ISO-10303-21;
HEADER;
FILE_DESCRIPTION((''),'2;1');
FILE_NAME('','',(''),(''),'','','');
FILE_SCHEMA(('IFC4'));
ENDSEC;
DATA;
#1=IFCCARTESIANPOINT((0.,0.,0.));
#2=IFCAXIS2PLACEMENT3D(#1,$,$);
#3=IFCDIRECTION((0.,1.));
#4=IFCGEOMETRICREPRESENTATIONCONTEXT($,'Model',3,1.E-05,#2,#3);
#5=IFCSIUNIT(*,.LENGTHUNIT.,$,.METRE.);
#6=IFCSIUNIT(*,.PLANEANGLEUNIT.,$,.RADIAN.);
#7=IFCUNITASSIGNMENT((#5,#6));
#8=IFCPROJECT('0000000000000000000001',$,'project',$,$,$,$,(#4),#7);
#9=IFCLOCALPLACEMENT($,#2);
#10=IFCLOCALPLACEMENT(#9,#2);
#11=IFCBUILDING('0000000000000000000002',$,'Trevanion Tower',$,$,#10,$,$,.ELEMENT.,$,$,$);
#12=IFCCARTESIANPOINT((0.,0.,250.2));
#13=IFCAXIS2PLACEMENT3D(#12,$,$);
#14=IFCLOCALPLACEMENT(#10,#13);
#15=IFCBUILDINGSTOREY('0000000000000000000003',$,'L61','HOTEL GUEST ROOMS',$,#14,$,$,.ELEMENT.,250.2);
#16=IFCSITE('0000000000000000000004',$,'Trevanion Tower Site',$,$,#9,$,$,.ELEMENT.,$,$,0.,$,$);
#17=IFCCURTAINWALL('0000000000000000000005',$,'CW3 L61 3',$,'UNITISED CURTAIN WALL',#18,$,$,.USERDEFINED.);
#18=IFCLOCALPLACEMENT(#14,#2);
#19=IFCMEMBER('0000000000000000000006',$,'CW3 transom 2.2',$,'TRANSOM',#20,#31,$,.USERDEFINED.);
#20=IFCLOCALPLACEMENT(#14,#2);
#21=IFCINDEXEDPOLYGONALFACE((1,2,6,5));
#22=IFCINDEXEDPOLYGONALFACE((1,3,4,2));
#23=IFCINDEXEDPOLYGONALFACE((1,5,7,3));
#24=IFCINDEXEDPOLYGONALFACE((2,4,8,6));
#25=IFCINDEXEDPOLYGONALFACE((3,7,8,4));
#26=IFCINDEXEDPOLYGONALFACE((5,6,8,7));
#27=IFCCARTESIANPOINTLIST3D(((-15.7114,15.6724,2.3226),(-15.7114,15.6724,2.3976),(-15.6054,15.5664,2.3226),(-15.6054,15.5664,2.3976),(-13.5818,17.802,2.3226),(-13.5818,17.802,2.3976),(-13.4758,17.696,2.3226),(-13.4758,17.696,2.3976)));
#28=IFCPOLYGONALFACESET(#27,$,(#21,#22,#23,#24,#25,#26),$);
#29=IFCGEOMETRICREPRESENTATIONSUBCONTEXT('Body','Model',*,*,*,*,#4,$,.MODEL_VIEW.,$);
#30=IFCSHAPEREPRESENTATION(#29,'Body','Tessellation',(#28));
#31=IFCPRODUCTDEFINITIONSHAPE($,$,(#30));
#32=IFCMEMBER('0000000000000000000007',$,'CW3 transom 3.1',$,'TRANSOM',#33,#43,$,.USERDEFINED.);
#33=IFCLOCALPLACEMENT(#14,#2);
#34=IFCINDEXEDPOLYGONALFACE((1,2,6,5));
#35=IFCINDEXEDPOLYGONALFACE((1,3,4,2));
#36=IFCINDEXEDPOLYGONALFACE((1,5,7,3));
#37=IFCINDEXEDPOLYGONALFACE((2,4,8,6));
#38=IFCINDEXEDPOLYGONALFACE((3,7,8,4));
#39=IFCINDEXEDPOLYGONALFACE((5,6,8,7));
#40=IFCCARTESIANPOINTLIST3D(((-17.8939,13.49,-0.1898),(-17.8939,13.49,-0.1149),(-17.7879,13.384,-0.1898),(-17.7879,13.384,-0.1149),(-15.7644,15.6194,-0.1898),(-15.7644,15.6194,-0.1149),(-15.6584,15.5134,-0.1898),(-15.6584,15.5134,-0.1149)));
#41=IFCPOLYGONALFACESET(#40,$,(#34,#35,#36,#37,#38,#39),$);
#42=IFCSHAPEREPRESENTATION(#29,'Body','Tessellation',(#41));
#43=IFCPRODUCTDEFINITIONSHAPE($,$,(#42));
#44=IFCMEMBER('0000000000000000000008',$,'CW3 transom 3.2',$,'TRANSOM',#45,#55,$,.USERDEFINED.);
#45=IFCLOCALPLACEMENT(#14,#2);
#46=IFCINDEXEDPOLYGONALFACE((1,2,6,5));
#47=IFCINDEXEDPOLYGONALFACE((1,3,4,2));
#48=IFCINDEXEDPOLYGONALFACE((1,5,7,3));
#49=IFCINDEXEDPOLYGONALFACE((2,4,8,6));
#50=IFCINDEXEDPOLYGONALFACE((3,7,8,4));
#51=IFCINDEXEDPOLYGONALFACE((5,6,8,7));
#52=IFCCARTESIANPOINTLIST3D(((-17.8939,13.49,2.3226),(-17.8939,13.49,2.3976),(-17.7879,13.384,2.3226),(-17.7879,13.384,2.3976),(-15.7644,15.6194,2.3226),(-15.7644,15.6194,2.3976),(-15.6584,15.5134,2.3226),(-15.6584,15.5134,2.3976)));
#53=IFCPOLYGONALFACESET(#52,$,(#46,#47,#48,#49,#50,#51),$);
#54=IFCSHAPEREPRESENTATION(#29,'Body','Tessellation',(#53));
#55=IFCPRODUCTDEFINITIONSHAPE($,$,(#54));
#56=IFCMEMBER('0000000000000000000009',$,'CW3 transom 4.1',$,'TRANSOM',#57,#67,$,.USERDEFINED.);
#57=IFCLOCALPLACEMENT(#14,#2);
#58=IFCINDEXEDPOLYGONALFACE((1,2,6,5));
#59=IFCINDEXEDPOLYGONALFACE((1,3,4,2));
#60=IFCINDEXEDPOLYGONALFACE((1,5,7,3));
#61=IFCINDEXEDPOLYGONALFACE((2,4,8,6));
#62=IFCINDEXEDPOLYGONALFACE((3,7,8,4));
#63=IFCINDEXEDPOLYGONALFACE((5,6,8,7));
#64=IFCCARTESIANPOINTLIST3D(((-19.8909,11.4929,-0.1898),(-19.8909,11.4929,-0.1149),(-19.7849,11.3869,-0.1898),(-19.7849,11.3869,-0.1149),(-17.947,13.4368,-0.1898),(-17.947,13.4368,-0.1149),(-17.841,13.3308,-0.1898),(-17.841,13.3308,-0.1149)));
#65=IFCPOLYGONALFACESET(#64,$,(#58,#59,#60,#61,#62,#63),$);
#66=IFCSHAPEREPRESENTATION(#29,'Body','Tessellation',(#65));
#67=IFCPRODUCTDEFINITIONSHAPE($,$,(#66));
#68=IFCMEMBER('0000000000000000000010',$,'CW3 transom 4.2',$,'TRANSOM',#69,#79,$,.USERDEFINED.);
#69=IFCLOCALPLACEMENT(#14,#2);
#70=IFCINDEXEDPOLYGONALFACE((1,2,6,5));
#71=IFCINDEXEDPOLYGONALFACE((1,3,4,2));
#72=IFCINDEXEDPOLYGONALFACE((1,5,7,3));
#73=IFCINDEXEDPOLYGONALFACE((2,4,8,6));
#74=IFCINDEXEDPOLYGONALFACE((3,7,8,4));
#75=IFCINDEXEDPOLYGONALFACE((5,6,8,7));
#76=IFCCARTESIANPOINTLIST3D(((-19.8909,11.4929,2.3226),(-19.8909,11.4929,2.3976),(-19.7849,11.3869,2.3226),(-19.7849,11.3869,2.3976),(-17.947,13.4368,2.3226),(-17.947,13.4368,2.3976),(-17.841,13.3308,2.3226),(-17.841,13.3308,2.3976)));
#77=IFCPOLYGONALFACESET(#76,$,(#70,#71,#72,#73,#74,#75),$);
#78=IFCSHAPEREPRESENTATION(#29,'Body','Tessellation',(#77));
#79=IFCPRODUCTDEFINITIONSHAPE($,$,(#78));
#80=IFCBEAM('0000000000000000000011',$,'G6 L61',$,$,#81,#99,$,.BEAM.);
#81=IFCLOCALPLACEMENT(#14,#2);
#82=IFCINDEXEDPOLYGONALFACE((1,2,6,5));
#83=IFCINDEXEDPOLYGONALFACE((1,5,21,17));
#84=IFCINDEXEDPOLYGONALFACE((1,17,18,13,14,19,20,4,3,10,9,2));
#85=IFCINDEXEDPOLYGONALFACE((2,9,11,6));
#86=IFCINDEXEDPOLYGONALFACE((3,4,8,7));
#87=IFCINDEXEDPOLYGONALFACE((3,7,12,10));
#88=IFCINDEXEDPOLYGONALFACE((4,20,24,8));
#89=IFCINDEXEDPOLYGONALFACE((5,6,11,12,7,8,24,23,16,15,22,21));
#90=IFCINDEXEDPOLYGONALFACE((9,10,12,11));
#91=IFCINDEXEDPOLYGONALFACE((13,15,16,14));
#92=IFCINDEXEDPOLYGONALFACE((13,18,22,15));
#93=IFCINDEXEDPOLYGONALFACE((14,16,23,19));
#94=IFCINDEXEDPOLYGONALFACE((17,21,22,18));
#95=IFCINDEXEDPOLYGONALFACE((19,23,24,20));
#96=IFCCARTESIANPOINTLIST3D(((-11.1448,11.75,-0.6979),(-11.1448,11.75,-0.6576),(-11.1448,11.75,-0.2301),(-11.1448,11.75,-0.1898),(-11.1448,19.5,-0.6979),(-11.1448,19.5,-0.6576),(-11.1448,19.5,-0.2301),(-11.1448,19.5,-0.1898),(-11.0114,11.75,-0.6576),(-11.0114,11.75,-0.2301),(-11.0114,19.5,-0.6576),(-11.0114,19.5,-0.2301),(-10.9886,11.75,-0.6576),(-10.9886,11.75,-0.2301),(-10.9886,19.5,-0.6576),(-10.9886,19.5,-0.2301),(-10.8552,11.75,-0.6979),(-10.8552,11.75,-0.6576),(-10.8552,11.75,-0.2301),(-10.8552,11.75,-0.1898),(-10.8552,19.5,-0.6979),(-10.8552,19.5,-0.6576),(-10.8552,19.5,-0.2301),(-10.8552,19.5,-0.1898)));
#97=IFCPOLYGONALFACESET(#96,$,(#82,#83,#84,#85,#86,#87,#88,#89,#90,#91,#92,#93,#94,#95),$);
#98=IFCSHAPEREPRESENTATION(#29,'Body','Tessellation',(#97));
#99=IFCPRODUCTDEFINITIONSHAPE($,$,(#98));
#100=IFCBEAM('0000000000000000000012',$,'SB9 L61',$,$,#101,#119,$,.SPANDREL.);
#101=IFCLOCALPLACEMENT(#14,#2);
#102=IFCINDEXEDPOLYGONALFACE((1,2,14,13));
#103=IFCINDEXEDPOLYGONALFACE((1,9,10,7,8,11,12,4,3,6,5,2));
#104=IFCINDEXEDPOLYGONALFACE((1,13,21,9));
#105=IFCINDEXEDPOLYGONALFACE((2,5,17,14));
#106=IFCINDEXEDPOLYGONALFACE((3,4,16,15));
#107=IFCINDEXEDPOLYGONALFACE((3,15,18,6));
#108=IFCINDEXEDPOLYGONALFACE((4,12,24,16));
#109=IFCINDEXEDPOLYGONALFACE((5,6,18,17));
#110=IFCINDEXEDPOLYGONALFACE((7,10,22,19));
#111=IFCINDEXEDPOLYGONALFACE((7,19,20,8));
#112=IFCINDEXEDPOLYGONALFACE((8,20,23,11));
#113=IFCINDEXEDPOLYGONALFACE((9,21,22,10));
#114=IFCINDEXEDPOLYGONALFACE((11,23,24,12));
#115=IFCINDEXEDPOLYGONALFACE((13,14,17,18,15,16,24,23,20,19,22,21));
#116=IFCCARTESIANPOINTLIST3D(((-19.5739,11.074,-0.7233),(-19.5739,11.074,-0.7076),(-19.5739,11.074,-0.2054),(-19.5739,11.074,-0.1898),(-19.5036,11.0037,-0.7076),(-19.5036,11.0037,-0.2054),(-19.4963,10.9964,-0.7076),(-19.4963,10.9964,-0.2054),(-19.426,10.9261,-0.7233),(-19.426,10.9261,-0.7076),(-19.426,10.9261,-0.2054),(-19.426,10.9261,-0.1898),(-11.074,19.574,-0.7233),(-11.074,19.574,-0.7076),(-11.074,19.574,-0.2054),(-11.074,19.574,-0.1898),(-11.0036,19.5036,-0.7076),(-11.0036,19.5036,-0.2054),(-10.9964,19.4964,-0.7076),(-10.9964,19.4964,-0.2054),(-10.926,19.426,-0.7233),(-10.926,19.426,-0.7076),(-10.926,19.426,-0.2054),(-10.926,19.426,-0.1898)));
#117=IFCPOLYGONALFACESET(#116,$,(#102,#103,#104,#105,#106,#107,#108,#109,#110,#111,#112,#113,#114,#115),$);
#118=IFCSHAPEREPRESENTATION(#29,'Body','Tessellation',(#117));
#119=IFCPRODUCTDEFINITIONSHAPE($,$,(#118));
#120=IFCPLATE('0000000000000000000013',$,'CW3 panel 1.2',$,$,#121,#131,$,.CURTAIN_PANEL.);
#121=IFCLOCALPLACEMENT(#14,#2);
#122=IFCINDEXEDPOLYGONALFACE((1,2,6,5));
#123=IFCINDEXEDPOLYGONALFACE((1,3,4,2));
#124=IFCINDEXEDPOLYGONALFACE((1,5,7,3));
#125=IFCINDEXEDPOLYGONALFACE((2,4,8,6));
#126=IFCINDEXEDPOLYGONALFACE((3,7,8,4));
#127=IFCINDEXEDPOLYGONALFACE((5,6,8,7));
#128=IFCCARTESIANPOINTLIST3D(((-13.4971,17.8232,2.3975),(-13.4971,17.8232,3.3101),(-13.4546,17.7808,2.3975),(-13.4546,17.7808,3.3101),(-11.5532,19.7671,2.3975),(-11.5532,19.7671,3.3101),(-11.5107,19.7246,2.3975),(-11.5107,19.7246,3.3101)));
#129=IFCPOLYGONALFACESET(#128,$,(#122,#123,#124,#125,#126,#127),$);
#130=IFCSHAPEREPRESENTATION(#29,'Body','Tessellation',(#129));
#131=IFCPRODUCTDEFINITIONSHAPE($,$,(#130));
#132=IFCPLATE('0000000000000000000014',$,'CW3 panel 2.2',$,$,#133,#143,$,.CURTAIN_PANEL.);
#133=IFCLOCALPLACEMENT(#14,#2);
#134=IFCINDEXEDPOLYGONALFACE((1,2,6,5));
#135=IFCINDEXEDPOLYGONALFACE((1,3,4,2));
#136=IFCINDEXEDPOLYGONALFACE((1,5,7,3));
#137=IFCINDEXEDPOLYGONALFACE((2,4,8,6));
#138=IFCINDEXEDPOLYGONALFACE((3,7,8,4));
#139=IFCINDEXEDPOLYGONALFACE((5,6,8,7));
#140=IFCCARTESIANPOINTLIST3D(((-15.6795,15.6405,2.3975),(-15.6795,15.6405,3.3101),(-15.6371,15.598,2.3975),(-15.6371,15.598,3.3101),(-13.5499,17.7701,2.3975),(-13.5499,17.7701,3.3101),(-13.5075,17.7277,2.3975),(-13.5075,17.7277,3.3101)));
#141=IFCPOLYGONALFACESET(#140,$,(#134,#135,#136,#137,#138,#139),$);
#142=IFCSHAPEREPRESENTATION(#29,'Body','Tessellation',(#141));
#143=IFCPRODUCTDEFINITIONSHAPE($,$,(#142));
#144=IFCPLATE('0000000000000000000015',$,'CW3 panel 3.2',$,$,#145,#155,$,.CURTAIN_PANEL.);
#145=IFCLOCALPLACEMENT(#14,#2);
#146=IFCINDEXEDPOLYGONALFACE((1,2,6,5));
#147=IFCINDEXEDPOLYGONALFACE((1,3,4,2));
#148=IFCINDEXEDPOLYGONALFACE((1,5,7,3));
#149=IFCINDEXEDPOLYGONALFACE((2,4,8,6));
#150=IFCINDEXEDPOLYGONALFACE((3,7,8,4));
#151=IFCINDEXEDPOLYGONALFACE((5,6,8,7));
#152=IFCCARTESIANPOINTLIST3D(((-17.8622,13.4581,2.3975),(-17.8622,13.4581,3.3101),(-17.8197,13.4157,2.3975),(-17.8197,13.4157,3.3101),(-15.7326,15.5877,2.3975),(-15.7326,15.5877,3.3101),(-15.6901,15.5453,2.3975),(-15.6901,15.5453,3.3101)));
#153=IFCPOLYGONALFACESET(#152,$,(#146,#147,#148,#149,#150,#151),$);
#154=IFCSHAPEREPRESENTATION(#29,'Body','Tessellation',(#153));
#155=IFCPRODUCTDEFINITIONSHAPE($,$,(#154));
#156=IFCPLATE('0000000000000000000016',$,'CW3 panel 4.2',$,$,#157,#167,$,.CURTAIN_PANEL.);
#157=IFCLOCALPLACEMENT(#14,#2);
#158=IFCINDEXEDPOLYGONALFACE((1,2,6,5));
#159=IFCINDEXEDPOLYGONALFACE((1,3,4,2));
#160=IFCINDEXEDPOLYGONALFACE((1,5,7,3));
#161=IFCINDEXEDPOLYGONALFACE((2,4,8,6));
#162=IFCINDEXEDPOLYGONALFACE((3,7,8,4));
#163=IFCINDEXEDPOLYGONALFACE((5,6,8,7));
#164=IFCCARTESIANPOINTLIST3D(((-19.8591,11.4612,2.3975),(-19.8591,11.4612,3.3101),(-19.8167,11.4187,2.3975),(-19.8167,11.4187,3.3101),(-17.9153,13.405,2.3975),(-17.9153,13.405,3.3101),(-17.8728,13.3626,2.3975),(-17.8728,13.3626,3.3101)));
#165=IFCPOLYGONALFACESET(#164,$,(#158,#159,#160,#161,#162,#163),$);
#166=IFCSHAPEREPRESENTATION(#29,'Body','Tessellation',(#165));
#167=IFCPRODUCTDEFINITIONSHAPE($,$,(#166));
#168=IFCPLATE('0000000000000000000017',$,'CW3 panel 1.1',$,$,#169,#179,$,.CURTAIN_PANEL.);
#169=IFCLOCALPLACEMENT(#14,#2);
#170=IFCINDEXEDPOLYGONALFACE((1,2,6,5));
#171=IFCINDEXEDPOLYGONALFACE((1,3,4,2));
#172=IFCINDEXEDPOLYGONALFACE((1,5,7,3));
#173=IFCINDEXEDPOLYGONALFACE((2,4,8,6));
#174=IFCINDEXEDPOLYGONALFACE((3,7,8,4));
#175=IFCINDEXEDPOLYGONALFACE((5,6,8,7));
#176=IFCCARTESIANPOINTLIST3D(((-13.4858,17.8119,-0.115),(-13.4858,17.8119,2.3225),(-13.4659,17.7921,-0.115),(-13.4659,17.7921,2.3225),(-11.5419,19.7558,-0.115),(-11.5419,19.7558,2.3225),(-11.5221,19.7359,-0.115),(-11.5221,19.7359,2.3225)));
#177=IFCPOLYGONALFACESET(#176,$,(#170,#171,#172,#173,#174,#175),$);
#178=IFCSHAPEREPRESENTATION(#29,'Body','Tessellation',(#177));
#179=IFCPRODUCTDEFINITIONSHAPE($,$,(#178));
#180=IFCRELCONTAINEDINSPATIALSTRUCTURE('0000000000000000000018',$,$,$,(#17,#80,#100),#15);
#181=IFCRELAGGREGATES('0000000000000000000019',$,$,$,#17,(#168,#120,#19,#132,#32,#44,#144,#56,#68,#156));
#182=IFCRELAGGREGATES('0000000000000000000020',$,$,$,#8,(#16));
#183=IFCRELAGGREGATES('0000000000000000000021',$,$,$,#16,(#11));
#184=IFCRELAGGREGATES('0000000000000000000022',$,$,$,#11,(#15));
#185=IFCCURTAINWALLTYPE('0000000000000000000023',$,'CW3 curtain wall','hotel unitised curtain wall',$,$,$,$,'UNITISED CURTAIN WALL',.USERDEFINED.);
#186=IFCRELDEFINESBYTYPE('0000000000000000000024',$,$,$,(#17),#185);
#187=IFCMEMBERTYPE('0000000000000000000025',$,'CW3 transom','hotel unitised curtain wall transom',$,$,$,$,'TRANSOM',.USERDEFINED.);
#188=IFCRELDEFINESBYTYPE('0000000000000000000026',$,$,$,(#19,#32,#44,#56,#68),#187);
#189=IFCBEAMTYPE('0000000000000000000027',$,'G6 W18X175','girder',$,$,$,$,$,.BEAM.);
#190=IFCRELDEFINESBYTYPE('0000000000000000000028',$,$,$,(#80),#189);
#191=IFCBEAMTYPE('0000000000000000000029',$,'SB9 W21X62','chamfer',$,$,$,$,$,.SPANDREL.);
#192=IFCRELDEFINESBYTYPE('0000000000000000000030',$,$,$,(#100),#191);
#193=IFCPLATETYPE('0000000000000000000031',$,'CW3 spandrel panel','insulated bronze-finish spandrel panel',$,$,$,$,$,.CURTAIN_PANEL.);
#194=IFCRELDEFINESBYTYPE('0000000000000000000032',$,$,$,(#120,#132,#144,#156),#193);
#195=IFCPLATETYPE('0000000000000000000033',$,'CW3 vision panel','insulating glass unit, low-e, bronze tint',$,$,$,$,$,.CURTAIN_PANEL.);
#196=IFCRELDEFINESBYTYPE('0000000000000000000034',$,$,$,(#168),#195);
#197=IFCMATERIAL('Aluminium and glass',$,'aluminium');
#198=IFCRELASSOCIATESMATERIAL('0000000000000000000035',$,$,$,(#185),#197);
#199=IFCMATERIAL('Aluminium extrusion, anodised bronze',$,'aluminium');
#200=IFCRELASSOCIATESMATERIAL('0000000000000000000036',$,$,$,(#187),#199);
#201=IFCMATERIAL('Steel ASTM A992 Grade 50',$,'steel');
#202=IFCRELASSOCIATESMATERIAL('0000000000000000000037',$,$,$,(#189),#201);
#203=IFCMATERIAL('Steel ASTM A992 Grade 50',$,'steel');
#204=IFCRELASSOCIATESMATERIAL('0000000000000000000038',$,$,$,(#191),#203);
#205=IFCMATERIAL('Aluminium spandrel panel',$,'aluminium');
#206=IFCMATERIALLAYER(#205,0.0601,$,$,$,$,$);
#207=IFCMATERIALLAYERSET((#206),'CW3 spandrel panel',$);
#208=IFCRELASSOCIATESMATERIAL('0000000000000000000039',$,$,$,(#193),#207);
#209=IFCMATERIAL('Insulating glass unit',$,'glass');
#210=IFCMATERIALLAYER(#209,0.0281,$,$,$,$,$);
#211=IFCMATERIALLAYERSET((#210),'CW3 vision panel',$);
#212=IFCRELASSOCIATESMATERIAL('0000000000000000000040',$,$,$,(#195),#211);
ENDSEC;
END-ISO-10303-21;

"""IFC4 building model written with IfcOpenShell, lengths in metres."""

from ifc_helpers import new_model, si_unit, direction, frame, origin, origin_2d, place, context, subcontext, project, spatial, rectangle, i_section, extrude, material, layer, layer_set, material_profile, profile_set, type_object, element, aggregate, save


model = new_model("IFC4")

# Units and contexts
model_context = context("Model", 3, precision=1e-05, world=origin(), true_north=direction((0.0, 1.0)))
body_context = subcontext(model_context, "Body", "Model", "MODEL_VIEW")
ifc_project = project(units=[si_unit("LENGTHUNIT", "METRE"), si_unit("PLANEANGLEUNIT", "RADIAN")], contexts=[model_context])

# Site, building, storey
site_placement = place(None, origin())
site = spatial("IfcSite", under=ifc_project, at=site_placement, Name="Trevanion Tower Site", CompositionType="ELEMENT", RefElevation=0.0)
building_placement = place(site_placement, origin())
building = spatial("IfcBuilding", under=site, at=building_placement, Name="Trevanion Tower", CompositionType="ELEMENT")
storey_placement = place(building_placement, frame((0.0, 0.0, 250.2)))
storey = spatial("IfcBuildingStorey", under=building, at=storey_placement, Name="L61", Description="HOTEL GUEST ROOMS", CompositionType="ELEMENT", Elevation=250.2)

# Curtain wall
ifc_material_1 = material(Name="Aluminium and glass", Category="aluminium")
curtain_wall_type = type_object("IfcCurtainWallType", Name="CW3 curtain wall", Description="hotel unitised curtain wall", ElementType="UNITISED CURTAIN WALL", PredefinedType="USERDEFINED", material=ifc_material_1)
curtain_wall_1_placement = place(storey_placement, origin())
curtain_wall_1 = element("IfcCurtainWall", 1, at=curtain_wall_1_placement, inside=storey, type_object=curtain_wall_type, Name="CW3 L61 3", ObjectType="UNITISED CURTAIN WALL", PredefinedType="USERDEFINED")

# Members
ifc_material_2 = material(Name="Aluminium extrusion, anodised bronze", Category="aluminium")
ifc_material_profile_1 = material_profile(ifc_material_2, rectangle(XDim=0.1499, YDim=0.075, at=origin_2d()), Name="CW3 transom")
ifc_profile_set_1 = profile_set([ifc_material_profile_1], Name="Aluminium extrusion, anodised bronze")
member_type_1 = type_object("IfcMemberType", Name="CW3 transom", Description="hotel unitised curtain wall transom", ElementType="TRANSOM", PredefinedType="USERDEFINED", material=ifc_profile_set_1)
member_1_placement = place(storey_placement, frame((-13.5288, 17.749, 2.3601), z_axis=(-0.707107, -0.707107, 0.0), x_axis=(0.707107, -0.707107, 0.0)))
member_1 = element("IfcMember", 2, at=member_1_placement, type_object=member_type_1, Name="CW3 transom 2.2", ObjectType="TRANSOM", PredefinedType="USERDEFINED", context=body_context, shape_type="SweptSolid", body=[
    extrude(rectangle(XDim=0.1499, YDim=0.075, at=origin_2d()), origin(), (0.0, 0.0, 1.0), 3.0117),
])
member_2_placement = place(storey_placement, frame((-15.7114, 15.5664, -0.1523), z_axis=(-0.707107, -0.707107, 0.0), x_axis=(0.707107, -0.707107, 0.0)))
member_2 = element("IfcMember", 3, at=member_2_placement, type_object=member_type_1, Name="CW3 transom 3.1", ObjectType="TRANSOM", PredefinedType="USERDEFINED", context=body_context, shape_type="SweptSolid", body=[
    extrude(rectangle(XDim=0.1499, YDim=0.075, at=origin_2d()), origin(), (0.0, 0.0, 1.0), 3.0115),
])
member_3_placement = place(storey_placement, frame((-15.7114, 15.5664, 2.3601), z_axis=(-0.707107, -0.707107, 0.0), x_axis=(0.707107, -0.707107, 0.0)))
member_3 = element("IfcMember", 4, at=member_3_placement, type_object=member_type_1, Name="CW3 transom 3.2", ObjectType="TRANSOM", PredefinedType="USERDEFINED", context=body_context, shape_type="SweptSolid", body=[
    extrude(rectangle(XDim=0.1499, YDim=0.075, at=origin_2d()), origin(), (0.0, 0.0, 1.0), 3.0115),
])
member_4_placement = place(storey_placement, frame((-17.894, 13.3838, -0.1523), z_axis=(-0.707107, -0.707107, 0.0), x_axis=(0.707107, -0.707107, 0.0)))
member_4 = element("IfcMember", 5, at=member_4_placement, type_object=member_type_1, Name="CW3 transom 4.1", ObjectType="TRANSOM", PredefinedType="USERDEFINED", context=body_context, shape_type="SweptSolid", body=[
    extrude(rectangle(XDim=0.1499, YDim=0.075, at=origin_2d()), origin(), (0.0, 0.0, 1.0), 2.749),
])
member_5_placement = place(storey_placement, frame((-17.894, 13.3838, 2.3601), z_axis=(-0.707107, -0.707107, 0.0), x_axis=(0.707107, -0.707107, 0.0)))
member_5 = element("IfcMember", 6, at=member_5_placement, type_object=member_type_1, Name="CW3 transom 4.2", ObjectType="TRANSOM", PredefinedType="USERDEFINED", context=body_context, shape_type="SweptSolid", body=[
    extrude(rectangle(XDim=0.1499, YDim=0.075, at=origin_2d()), origin(), (0.0, 0.0, 1.0), 2.749),
])

# Beams
ifc_material_3 = material(Name="Steel ASTM A992 Grade 50", Category="steel")
ifc_material_profile_2 = material_profile(ifc_material_3, i_section(OverallWidth=0.2896, OverallDepth=0.5081, WebThickness=0.0227, FlangeThickness=0.0403, at=origin_2d()), Name="W18X175")
ifc_profile_set_2 = profile_set([ifc_material_profile_2], Name="Steel ASTM A992 Grade 50")
beam_type_1 = type_object("IfcBeamType", Name="G6 W18X175", Description="girder", PredefinedType="BEAM", material=ifc_profile_set_2)
beam_1_placement = place(storey_placement, frame((-11.0, 11.75, -0.4438), z_axis=(0.0, 1.0, 0.0), x_axis=(-1.0, 0.0, 0.0)))
element("IfcBeam", 7, at=beam_1_placement, inside=storey, type_object=beam_type_1, Name="G6 L61", PredefinedType="BEAM", context=body_context, shape_type="SweptSolid", body=[
    extrude(i_section(OverallWidth=0.2896, OverallDepth=0.5081, WebThickness=0.0227, FlangeThickness=0.0403, at=origin_2d()), origin(), (0.0, 0.0, 1.0), 7.75),
])
ifc_material_4 = material(Name="Steel ASTM A992 Grade 50", Category="steel")
ifc_material_profile_3 = material_profile(ifc_material_4, i_section(OverallWidth=0.2092, OverallDepth=0.5334, WebThickness=0.0103, FlangeThickness=0.0156, at=origin_2d()), Name="W21X62")
ifc_profile_set_3 = profile_set([ifc_material_profile_3], Name="Steel ASTM A992 Grade 50")
beam_type_2 = type_object("IfcBeamType", Name="SB9 W21X62", Description="chamfer", PredefinedType="SPANDREL", material=ifc_profile_set_3)
beam_2_placement = place(storey_placement, frame((-11.0, 19.5, -0.4565), z_axis=(-0.707107, -0.707107, 0.0), x_axis=(0.707107, -0.707107, 0.0)))
element("IfcBeam", 8, at=beam_2_placement, inside=storey, type_object=beam_type_2, Name="SB9 L61", PredefinedType="SPANDREL", context=body_context, shape_type="SweptSolid", body=[
    extrude(i_section(OverallWidth=0.2092, OverallDepth=0.5334, WebThickness=0.0103, FlangeThickness=0.0156, at=origin_2d()), origin(), (0.0, 0.0, 1.0), 12.0208),
])

# Plates
ifc_material_5 = material(Name="Aluminium spandrel panel", Category="aluminium")
ifc_layer_1 = layer(ifc_material_5, 0.0601)
ifc_layer_set_1 = layer_set([ifc_layer_1], Name="CW3 spandrel panel")
plate_type_1 = type_object("IfcPlateType", Name="CW3 spandrel panel", Description="insulated bronze-finish spandrel panel", PredefinedType="CURTAIN_PANEL", material=ifc_layer_set_1)
plate_1_placement = place(storey_placement, frame((-12.5039, 18.7739, 2.3975), z_axis=(0.0, 0.0, 1.0), x_axis=(-0.707107, -0.707107, 0.0)))
plate_1 = element("IfcPlate", 9, at=plate_1_placement, type_object=plate_type_1, Name="CW3 panel 1.2", PredefinedType="CURTAIN_PANEL", context=body_context, shape_type="SweptSolid", body=[
    extrude(rectangle(XDim=2.749, YDim=0.0601, at=origin_2d()), origin(), (0.0, 0.0, 1.0), 0.9126),
])
plate_2_placement = place(storey_placement, frame((-14.5935, 16.6841, 2.3975), z_axis=(0.0, 0.0, 1.0), x_axis=(-0.707107, -0.707107, 0.0)))
plate_2 = element("IfcPlate", 10, at=plate_2_placement, type_object=plate_type_1, Name="CW3 panel 2.2", PredefinedType="CURTAIN_PANEL", context=body_context, shape_type="SweptSolid", body=[
    extrude(rectangle(XDim=3.0117, YDim=0.0601, at=origin_2d()), origin(), (0.0, 0.0, 1.0), 0.9126),
])
plate_3_placement = place(storey_placement, frame((-16.7761, 14.5017, 2.3975), z_axis=(0.0, 0.0, 1.0), x_axis=(-0.707107, -0.707107, 0.0)))
plate_3 = element("IfcPlate", 11, at=plate_3_placement, type_object=plate_type_1, Name="CW3 panel 3.2", PredefinedType="CURTAIN_PANEL", context=body_context, shape_type="SweptSolid", body=[
    extrude(rectangle(XDim=3.0117, YDim=0.0601, at=origin_2d()), origin(), (0.0, 0.0, 1.0), 0.9126),
])
plate_4_placement = place(storey_placement, frame((-18.866, 12.4119, 2.3975), z_axis=(0.0, 0.0, 1.0), x_axis=(-0.707107, -0.707107, 0.0)))
plate_4 = element("IfcPlate", 12, at=plate_4_placement, type_object=plate_type_1, Name="CW3 panel 4.2", PredefinedType="CURTAIN_PANEL", context=body_context, shape_type="SweptSolid", body=[
    extrude(rectangle(XDim=2.749, YDim=0.0601, at=origin_2d()), origin(), (0.0, 0.0, 1.0), 0.9126),
])
ifc_material_6 = material(Name="Insulating glass unit", Category="glass")
ifc_layer_2 = layer(ifc_material_6, 0.0281)
ifc_layer_set_2 = layer_set([ifc_layer_2], Name="CW3 vision panel")
plate_type_2 = type_object("IfcPlateType", Name="CW3 vision panel", Description="insulating glass unit, low-e, bronze tint", PredefinedType="CURTAIN_PANEL", material=ifc_layer_set_2)
plate_5_placement = place(storey_placement, frame((-12.5039, 18.7739, -0.115), z_axis=(0.0, 0.0, 1.0), x_axis=(-0.707107, -0.707107, 0.0)))
plate_5 = element("IfcPlate", 13, at=plate_5_placement, type_object=plate_type_2, Name="CW3 panel 1.1", PredefinedType="CURTAIN_PANEL", context=body_context, shape_type="SweptSolid", body=[
    extrude(rectangle(XDim=2.749, YDim=0.0281, at=origin_2d()), origin(), (0.0, 0.0, 1.0), 2.4375),
])
aggregate(curtain_wall_1, [plate_5, plate_1, member_1, plate_2, member_2, member_3, plate_3, member_4, member_5, plate_4])

save(model, "model.ifc")
